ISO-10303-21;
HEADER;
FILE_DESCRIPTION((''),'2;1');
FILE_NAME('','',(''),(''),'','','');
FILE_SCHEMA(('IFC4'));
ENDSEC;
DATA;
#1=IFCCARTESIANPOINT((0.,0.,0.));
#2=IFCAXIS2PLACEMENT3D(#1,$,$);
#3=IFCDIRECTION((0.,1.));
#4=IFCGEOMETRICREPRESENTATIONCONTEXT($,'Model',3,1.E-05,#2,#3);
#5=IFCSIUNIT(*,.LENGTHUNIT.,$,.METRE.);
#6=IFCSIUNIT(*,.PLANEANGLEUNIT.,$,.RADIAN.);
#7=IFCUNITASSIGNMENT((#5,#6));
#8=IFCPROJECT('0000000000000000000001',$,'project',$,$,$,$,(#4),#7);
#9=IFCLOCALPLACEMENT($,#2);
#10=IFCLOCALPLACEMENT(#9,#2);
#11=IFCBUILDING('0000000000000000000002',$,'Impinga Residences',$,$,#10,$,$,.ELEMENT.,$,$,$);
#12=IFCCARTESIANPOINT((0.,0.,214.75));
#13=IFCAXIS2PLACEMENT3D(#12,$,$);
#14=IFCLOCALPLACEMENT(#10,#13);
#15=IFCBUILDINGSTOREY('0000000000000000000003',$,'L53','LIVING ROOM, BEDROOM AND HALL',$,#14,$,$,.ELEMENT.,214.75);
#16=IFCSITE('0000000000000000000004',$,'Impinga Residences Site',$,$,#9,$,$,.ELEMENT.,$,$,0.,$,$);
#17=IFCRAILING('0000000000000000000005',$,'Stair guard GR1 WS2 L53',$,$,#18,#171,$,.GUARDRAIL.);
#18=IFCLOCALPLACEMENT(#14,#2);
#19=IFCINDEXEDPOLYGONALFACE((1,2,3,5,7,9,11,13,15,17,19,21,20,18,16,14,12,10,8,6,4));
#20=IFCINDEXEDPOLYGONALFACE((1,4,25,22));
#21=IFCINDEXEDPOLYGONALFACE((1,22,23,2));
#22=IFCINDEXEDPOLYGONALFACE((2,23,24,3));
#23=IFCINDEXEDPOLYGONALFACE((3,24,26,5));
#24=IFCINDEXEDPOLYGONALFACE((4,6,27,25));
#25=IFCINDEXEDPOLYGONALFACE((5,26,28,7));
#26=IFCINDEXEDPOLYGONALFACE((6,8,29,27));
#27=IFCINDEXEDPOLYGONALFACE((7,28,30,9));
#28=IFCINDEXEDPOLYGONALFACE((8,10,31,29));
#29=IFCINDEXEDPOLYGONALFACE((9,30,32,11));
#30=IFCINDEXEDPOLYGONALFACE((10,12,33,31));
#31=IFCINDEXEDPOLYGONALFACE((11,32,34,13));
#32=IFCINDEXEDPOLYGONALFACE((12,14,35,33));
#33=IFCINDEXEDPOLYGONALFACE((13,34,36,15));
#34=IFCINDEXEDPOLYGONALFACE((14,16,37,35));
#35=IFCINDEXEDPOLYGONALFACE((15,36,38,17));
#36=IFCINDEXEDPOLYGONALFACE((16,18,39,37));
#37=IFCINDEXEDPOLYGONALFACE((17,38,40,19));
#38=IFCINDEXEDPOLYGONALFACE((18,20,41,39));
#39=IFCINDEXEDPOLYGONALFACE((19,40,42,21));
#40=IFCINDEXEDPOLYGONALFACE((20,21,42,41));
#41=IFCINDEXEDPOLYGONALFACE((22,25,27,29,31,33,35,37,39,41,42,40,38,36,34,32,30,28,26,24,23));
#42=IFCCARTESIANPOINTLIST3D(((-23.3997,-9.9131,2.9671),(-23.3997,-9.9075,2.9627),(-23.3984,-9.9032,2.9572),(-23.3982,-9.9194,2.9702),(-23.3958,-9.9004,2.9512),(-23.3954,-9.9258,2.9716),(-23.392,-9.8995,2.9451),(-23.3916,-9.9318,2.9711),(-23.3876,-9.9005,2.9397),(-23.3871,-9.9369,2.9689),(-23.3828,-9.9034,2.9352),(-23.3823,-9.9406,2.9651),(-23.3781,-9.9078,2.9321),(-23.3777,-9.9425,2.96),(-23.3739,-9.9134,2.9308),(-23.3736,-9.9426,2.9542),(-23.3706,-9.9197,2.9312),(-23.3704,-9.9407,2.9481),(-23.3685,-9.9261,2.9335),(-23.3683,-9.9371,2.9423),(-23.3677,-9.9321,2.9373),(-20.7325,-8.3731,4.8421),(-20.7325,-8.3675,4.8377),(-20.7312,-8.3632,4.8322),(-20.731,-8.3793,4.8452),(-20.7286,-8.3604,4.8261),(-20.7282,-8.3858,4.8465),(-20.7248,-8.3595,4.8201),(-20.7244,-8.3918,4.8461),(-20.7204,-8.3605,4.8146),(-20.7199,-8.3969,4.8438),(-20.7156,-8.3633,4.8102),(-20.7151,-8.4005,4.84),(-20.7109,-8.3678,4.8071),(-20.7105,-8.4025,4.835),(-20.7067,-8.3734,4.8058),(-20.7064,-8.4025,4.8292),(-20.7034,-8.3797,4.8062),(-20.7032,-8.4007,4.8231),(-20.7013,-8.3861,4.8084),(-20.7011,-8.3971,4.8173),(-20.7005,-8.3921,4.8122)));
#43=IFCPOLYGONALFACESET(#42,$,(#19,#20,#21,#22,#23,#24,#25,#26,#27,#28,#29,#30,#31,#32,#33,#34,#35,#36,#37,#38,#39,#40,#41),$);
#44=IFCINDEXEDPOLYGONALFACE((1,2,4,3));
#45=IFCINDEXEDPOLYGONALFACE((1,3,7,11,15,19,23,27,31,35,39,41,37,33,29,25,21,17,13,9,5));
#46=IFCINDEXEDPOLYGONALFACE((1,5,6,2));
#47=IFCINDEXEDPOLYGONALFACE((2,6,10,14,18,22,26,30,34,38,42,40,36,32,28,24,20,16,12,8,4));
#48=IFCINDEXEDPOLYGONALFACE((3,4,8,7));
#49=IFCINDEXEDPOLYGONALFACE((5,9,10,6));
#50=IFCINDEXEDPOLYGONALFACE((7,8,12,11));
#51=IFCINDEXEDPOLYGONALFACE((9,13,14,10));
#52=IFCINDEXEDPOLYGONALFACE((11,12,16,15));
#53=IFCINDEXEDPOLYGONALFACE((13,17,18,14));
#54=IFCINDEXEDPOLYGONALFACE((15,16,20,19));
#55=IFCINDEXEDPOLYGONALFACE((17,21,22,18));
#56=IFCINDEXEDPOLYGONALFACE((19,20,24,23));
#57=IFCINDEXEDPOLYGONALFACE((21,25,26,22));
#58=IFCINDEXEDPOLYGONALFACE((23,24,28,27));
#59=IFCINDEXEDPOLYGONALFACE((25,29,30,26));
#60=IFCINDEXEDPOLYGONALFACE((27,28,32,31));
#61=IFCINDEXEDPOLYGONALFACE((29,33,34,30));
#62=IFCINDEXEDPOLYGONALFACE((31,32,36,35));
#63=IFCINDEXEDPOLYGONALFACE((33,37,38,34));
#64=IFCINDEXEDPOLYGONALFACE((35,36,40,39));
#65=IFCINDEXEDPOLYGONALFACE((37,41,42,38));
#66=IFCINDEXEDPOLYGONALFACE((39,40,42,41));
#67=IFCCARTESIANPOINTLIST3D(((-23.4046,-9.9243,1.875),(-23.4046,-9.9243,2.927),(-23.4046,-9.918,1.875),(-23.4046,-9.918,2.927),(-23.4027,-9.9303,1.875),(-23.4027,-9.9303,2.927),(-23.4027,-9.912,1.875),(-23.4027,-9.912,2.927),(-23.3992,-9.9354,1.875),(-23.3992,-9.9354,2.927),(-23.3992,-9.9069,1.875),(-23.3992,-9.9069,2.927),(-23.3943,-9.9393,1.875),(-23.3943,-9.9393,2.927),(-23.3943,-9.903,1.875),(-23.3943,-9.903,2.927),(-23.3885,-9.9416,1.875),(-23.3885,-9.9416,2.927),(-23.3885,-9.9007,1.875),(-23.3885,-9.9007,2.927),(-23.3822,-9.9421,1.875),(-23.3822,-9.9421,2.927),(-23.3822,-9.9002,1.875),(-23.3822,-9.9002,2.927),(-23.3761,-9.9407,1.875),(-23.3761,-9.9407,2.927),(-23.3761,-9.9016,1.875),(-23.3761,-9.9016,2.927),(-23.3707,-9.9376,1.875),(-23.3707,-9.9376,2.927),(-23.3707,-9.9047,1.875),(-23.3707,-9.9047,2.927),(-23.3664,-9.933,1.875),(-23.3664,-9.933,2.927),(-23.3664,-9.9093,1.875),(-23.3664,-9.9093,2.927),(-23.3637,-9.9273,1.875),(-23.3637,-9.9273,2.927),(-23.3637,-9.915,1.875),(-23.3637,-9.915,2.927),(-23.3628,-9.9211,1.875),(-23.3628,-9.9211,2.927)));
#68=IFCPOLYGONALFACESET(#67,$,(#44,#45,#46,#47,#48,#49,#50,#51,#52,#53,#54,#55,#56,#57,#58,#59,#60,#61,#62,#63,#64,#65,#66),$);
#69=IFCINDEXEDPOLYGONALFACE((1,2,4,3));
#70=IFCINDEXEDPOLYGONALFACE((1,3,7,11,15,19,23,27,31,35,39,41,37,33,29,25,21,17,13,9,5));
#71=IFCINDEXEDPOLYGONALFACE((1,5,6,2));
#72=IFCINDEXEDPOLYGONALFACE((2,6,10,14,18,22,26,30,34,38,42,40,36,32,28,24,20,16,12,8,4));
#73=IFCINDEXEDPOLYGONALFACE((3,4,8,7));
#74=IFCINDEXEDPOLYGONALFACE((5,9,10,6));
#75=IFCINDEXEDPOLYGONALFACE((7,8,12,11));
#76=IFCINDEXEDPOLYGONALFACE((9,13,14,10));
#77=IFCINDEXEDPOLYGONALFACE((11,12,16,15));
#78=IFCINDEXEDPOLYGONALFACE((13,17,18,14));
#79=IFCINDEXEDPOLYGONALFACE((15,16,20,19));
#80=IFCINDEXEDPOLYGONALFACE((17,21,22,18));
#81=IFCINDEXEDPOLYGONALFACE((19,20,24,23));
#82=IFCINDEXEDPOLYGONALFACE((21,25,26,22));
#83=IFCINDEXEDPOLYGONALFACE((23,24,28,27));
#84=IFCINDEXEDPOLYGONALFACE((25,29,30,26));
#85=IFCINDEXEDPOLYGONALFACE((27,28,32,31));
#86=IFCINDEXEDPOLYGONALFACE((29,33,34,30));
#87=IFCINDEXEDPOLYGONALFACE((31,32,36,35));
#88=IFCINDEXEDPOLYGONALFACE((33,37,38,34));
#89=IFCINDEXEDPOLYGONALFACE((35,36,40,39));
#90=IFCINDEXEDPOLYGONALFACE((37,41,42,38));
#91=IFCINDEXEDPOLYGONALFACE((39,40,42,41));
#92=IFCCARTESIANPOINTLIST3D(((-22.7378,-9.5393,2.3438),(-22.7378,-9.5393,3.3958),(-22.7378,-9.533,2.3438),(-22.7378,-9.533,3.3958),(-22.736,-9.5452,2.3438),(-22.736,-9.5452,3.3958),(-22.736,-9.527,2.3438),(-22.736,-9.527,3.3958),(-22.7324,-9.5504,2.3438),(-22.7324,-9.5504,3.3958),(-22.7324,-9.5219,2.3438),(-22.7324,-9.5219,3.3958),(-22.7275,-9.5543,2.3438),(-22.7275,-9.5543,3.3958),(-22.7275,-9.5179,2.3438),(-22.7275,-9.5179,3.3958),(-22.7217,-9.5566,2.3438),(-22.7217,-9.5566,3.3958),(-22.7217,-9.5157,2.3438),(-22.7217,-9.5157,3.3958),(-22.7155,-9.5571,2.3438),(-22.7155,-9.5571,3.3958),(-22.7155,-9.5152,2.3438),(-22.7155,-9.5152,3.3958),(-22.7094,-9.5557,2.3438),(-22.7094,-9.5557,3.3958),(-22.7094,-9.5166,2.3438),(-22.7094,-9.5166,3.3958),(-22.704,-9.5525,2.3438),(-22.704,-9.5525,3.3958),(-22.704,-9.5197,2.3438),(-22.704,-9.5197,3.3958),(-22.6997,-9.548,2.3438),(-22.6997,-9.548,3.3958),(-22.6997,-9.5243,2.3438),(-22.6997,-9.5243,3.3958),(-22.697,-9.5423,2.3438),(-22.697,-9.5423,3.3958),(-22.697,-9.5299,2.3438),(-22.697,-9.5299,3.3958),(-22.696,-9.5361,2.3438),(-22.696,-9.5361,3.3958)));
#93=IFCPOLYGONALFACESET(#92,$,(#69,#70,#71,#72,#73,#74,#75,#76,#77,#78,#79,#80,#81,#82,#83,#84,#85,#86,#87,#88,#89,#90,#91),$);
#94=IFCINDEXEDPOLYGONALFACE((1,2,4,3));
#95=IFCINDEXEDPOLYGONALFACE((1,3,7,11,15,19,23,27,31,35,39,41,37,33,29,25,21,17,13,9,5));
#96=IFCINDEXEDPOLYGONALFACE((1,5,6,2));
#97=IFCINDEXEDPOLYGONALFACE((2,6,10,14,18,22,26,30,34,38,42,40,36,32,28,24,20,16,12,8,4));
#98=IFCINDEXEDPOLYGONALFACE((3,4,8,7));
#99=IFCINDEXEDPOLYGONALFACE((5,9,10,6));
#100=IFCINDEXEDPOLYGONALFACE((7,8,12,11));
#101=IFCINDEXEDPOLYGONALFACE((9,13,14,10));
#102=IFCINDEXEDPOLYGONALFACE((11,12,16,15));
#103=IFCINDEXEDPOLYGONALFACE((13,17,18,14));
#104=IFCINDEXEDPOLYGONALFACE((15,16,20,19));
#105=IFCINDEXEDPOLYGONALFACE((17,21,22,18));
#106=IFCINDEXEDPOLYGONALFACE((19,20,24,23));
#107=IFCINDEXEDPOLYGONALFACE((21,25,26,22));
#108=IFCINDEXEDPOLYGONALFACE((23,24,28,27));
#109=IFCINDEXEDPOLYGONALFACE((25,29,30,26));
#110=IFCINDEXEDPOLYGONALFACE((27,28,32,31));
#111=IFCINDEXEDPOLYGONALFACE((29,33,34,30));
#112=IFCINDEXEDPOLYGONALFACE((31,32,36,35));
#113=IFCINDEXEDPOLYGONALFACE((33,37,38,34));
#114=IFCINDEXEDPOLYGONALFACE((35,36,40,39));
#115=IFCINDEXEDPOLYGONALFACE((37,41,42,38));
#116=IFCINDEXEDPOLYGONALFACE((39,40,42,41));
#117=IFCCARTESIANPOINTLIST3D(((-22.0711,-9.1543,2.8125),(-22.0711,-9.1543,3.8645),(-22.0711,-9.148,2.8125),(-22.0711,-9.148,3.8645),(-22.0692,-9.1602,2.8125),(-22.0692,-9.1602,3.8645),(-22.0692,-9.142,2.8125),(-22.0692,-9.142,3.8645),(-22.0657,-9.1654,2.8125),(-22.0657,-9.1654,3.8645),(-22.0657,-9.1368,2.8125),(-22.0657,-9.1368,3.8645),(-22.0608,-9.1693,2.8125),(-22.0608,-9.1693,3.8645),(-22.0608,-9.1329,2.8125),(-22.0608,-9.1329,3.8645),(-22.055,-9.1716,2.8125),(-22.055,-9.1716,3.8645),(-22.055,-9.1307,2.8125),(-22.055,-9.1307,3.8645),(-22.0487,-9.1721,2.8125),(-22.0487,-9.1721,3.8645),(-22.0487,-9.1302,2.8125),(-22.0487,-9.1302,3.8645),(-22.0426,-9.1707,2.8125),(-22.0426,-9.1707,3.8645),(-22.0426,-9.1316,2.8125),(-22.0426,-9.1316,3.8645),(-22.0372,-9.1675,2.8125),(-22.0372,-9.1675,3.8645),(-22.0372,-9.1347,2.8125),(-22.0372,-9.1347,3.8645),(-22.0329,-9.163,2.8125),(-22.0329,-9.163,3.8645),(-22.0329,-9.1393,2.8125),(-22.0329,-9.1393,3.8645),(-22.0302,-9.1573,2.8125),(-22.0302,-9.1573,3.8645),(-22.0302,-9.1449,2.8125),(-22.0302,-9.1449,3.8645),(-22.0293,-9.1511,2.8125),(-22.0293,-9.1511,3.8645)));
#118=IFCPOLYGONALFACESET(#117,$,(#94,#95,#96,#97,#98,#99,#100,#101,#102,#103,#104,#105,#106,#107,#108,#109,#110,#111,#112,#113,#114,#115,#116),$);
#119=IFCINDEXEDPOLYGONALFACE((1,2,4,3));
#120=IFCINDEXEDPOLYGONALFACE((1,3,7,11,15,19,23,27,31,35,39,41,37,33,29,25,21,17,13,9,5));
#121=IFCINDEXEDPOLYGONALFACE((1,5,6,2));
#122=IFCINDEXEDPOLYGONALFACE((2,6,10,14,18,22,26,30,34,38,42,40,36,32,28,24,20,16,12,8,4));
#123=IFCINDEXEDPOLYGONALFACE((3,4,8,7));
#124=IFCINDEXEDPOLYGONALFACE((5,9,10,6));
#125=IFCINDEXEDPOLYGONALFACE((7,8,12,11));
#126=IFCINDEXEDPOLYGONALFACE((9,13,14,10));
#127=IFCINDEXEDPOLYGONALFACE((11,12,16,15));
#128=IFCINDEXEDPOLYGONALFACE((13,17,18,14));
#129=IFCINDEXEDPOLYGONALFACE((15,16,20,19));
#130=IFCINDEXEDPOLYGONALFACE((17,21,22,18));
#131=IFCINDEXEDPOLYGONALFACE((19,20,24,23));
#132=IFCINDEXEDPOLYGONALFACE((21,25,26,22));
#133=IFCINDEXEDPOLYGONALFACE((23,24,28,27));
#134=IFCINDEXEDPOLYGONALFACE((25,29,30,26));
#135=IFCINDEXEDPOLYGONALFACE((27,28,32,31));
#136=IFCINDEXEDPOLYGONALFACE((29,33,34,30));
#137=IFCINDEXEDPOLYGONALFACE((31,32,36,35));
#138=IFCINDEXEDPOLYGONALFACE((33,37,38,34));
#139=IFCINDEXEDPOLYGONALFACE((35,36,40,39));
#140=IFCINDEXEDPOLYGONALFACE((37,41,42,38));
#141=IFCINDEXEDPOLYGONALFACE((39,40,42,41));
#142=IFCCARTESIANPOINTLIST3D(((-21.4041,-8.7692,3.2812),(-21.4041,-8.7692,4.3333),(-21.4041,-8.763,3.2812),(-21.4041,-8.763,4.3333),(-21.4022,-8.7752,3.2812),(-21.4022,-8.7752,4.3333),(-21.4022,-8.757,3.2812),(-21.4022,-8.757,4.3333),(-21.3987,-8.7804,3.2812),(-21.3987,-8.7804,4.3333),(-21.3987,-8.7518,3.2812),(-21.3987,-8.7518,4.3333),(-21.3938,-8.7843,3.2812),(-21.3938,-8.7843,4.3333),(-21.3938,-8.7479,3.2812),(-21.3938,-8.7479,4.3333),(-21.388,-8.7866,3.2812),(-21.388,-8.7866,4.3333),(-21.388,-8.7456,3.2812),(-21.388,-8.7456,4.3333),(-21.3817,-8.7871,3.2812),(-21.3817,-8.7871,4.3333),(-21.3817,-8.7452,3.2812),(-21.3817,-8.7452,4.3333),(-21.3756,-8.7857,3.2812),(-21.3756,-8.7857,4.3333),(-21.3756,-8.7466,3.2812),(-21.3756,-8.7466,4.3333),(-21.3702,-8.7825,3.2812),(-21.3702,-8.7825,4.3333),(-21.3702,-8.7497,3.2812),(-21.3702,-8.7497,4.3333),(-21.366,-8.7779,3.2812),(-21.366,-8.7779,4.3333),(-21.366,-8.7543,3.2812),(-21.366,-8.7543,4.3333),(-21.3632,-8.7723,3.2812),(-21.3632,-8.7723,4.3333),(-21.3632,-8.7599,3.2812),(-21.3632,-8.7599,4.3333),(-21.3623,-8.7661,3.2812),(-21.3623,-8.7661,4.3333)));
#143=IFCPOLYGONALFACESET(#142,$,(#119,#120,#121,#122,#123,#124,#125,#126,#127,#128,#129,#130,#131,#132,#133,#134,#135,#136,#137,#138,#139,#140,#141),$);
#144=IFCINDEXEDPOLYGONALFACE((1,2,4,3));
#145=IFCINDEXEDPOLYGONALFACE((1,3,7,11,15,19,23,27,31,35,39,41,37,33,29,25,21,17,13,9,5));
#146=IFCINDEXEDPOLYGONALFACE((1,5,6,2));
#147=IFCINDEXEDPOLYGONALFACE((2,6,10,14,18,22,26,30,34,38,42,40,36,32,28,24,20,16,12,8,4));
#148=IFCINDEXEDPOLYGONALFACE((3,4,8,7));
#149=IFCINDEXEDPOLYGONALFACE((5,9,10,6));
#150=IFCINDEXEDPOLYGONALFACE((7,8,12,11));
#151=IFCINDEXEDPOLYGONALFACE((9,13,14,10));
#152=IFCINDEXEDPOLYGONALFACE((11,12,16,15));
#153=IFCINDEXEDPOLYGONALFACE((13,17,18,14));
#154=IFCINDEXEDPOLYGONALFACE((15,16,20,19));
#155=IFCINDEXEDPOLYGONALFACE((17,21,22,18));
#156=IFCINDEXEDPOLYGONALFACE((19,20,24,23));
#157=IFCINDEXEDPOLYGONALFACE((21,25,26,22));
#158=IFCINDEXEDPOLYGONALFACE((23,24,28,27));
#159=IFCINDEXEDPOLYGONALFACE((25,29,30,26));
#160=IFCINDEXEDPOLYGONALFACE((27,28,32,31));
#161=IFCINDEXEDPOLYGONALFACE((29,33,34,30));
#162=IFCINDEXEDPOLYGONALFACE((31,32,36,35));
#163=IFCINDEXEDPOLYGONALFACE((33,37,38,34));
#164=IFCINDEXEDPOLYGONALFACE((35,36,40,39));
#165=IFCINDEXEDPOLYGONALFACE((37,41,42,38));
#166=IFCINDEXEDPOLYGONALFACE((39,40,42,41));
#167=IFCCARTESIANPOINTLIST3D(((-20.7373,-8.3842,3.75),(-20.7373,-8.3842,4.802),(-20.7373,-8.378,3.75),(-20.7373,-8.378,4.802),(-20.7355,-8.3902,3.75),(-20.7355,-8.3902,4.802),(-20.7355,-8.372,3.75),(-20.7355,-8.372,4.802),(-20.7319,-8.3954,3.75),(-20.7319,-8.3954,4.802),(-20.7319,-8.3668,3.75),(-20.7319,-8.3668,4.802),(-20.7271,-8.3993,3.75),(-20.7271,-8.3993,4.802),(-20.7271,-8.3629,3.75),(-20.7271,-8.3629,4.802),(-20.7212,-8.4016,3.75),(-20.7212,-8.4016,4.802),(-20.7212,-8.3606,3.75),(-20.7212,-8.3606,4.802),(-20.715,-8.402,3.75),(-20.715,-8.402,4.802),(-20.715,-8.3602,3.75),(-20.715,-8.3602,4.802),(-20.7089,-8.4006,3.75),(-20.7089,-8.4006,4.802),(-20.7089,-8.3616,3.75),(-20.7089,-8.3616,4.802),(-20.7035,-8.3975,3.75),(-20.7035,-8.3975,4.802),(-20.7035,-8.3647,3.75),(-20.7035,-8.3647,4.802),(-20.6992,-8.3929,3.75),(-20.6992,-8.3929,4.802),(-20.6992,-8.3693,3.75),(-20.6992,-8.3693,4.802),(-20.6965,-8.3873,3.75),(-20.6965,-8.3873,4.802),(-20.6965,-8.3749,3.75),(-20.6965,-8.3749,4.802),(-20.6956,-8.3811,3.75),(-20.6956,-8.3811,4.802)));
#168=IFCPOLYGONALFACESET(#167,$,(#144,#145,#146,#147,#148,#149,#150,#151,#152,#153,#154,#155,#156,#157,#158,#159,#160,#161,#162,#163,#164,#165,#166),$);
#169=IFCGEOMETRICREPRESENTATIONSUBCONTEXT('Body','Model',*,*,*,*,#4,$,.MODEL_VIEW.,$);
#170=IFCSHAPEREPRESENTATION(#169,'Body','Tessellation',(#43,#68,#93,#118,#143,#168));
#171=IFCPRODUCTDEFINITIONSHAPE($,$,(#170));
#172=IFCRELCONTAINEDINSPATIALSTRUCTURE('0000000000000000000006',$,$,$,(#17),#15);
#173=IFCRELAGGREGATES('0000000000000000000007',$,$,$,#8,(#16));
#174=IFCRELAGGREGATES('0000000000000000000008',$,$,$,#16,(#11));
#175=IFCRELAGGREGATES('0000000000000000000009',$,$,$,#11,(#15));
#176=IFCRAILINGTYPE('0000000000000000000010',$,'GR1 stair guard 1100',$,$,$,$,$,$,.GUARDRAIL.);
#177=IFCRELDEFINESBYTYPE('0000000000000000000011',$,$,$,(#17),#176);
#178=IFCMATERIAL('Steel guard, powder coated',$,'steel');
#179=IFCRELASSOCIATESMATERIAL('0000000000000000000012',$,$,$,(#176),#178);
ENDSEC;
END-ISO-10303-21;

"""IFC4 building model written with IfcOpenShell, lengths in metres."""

from ifc_helpers import new_model, si_unit, direction, frame, origin, origin_2d, place, context, subcontext, project, spatial, circle, extrude, material, type_object, element, save


model = new_model("IFC4")

# Units and contexts
model_context = context("Model", 3, precision=1e-05, world=origin(), true_north=direction((0.0, 1.0)))
body_context = subcontext(model_context, "Body", "Model", "MODEL_VIEW")
ifc_project = project(units=[si_unit("LENGTHUNIT", "METRE"), si_unit("PLANEANGLEUNIT", "RADIAN")], contexts=[model_context])

# Site, building, storey
site_placement = place(None, origin())
site = spatial("IfcSite", under=ifc_project, at=site_placement, Name="Impinga Residences Site", CompositionType="ELEMENT", RefElevation=0.0)
building_placement = place(site_placement, origin())
building = spatial("IfcBuilding", under=site, at=building_placement, Name="Impinga Residences", CompositionType="ELEMENT")
storey_placement = place(building_placement, frame((0.0, 0.0, 214.75)))
storey = spatial("IfcBuildingStorey", under=building, at=storey_placement, Name="L53", Description="LIVING ROOM, BEDROOM AND HALL", CompositionType="ELEMENT", Elevation=214.75)

# Railing
ifc_material_1 = material(Name="Steel guard, powder coated", Category="steel")
railing_type_1 = type_object("IfcRailingType", Name="GR1 stair guard 1100", PredefinedType="GUARDRAIL", material=ifc_material_1)
railing_1_placement = place(storey_placement, frame((-23.3838, -9.9211, 1.875)))
element("IfcRailing", 1, at=railing_1_placement, inside=storey, type_object=railing_type_1, Name="Stair guard GR1 WS2 L53", PredefinedType="GUARDRAIL", context=body_context, shape_type="SweptSolid", body=[
    extrude(circle(Radius=0.0239, at=origin_2d()), frame((0.0, 0.0, 1.0762), z_axis=(0.739716, 0.427105, 0.520002), x_axis=(-0.500027, 0.86601, 0.0)), (0.0, 0.0, 1.0), 3.6057),
    extrude(circle(Radius=0.021, at=origin_2d()), origin(), (0.0, 0.0, 1.0), 1.052),
    extrude(circle(Radius=0.021, at=origin_2d()), frame((0.6667, 0.385, 0.4688)), (0.0, 0.0, 1.0), 1.052),
    extrude(circle(Radius=0.021, at=origin_2d()), frame((1.3335, 0.77, 0.9375)), (0.0, 0.0, 1.0), 1.052),
    extrude(circle(Radius=0.021, at=origin_2d()), frame((2.0005, 1.155, 1.4062)), (0.0, 0.0, 1.0), 1.052),
    extrude(circle(Radius=0.021, at=origin_2d()), frame((2.6672, 1.54, 1.875)), (0.0, 0.0, 1.0), 1.052),
])

save(model, "model.ifc")
